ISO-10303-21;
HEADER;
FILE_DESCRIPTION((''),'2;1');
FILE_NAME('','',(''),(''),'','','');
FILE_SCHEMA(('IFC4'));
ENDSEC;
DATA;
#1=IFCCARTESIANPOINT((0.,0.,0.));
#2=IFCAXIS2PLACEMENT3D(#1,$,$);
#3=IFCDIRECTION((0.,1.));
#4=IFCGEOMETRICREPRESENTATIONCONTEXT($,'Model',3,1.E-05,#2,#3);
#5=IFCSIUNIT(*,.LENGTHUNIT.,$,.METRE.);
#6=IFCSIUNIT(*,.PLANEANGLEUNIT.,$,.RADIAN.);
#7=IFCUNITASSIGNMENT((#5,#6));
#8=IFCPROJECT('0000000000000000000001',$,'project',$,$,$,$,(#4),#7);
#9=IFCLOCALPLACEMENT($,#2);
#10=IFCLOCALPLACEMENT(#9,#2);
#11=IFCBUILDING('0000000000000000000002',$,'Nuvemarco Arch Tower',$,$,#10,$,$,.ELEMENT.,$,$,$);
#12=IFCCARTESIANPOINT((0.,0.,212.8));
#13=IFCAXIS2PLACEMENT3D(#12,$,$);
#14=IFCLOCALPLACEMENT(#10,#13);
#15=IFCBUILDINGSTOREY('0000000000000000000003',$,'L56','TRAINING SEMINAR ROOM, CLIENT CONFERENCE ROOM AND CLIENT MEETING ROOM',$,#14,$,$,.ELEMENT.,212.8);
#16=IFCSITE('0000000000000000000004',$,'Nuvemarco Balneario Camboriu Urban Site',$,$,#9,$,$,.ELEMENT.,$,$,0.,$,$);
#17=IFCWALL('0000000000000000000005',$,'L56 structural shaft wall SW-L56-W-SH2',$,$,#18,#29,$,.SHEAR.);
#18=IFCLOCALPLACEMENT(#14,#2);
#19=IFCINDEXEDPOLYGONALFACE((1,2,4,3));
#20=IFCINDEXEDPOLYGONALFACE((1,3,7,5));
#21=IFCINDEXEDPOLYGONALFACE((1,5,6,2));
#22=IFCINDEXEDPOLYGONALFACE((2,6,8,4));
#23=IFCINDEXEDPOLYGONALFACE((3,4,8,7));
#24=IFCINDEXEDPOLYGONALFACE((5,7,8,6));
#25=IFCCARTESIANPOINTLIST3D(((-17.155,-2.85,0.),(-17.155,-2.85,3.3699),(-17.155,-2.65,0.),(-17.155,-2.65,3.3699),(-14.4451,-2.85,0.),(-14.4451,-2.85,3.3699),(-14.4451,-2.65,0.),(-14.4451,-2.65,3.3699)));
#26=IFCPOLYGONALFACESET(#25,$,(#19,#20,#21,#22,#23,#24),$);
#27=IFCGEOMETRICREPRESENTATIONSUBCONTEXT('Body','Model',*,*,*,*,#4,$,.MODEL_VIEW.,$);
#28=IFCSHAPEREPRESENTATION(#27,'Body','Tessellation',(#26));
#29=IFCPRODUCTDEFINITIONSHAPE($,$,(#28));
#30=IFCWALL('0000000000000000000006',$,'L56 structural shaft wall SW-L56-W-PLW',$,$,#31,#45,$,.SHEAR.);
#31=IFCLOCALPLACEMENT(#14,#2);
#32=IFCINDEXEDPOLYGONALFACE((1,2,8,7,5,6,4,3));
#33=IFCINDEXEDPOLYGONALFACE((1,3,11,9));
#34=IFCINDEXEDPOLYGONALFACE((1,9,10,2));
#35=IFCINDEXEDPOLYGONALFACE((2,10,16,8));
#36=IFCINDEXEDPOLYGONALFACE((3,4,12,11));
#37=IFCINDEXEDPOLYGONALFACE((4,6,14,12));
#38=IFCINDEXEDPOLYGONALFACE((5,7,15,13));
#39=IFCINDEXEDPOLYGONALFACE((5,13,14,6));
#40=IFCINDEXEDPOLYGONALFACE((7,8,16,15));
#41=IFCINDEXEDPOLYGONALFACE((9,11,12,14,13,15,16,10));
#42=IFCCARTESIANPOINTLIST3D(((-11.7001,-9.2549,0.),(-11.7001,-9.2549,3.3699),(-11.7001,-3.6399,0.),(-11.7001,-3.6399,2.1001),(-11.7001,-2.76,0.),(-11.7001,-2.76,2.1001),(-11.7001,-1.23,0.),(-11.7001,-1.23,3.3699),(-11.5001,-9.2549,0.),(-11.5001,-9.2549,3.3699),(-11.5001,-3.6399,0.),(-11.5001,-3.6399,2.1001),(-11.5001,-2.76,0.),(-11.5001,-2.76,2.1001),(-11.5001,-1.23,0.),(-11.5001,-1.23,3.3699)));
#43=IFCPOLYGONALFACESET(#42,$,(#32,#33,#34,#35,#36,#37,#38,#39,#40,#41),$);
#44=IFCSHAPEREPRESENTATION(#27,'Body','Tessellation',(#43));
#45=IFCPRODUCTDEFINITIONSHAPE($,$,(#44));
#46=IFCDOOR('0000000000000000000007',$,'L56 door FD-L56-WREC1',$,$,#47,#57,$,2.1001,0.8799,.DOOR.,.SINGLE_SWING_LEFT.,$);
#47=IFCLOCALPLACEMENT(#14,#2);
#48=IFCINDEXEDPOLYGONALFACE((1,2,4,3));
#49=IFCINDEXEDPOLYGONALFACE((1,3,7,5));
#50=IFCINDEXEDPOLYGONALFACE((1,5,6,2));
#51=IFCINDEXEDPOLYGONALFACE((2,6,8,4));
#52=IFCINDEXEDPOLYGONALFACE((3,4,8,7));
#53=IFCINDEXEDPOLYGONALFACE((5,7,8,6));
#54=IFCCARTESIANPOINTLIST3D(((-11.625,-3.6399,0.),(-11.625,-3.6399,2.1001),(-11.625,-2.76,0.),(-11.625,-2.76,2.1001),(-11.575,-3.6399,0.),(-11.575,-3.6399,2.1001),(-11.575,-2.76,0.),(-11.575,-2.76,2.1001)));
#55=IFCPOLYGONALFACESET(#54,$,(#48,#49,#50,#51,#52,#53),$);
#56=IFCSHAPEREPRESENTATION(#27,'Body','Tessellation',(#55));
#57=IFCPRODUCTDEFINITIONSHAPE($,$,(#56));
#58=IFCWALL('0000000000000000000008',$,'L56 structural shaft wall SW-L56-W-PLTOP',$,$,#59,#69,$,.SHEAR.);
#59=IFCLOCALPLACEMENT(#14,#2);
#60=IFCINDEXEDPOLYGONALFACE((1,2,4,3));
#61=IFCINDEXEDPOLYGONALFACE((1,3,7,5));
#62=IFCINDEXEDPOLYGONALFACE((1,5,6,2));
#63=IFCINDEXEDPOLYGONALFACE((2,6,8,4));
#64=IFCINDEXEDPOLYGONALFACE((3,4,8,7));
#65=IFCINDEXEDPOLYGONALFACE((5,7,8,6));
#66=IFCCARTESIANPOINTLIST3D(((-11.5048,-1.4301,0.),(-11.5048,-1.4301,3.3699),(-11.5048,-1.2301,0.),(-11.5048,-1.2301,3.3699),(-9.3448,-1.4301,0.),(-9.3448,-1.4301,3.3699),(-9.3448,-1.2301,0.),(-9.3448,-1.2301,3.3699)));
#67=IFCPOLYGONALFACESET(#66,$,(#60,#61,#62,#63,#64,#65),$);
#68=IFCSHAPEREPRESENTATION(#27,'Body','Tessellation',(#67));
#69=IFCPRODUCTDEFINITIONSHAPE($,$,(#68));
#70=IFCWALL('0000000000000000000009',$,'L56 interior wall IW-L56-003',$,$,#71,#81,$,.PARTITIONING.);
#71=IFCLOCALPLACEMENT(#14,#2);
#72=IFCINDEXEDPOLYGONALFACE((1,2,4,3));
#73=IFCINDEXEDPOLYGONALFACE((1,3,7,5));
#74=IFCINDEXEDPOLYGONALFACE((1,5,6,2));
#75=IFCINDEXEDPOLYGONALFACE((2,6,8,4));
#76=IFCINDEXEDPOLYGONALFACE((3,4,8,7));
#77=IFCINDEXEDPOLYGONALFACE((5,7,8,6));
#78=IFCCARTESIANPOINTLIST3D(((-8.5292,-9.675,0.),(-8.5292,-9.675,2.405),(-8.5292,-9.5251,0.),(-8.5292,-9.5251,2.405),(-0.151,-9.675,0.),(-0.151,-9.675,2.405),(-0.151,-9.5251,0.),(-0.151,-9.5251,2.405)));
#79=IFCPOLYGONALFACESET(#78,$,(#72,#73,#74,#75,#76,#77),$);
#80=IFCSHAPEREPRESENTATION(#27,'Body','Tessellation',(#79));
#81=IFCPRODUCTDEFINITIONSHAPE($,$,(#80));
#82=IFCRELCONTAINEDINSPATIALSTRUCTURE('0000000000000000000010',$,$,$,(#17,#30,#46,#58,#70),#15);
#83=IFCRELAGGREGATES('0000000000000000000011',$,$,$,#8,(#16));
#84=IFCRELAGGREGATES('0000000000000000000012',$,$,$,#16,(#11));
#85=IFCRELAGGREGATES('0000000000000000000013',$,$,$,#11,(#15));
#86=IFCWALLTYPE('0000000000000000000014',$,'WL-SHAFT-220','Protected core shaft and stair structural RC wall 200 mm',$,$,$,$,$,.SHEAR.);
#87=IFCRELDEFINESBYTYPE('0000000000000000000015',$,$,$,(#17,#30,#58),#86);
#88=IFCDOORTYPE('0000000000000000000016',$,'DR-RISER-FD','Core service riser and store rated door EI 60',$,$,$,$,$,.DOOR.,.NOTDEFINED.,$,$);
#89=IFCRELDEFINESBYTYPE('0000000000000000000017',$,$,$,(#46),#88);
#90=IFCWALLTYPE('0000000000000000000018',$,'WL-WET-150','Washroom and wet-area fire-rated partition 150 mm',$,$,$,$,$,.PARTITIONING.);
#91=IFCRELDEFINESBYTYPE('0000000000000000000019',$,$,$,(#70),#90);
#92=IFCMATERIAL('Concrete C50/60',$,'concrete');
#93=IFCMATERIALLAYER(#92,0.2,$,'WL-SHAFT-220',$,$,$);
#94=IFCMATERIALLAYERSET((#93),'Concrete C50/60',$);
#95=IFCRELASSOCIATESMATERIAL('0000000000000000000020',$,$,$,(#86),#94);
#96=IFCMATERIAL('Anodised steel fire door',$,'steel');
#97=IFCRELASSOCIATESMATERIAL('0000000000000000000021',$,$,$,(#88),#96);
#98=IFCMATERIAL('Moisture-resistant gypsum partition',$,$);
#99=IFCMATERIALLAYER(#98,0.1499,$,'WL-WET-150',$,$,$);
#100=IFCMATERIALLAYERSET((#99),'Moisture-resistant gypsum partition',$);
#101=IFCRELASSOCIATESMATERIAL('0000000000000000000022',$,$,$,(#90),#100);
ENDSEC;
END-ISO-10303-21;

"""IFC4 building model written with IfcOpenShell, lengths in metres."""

from ifc_helpers import new_model, si_unit, direction, frame, frame_2d, origin, place, context, subcontext, project, spatial, rectangle, extrude, source, transform, mapped, material, layer, layer_set, type_object, type_shapes, element, fill, save


model = new_model("IFC4")

# Units and contexts
model_context = context("Model", 3, precision=1e-05, world=origin(), true_north=direction((0.0, 1.0)))
body_context = subcontext(model_context, "Body", "Model", "MODEL_VIEW")
ifc_project = project(units=[si_unit("LENGTHUNIT", "METRE"), si_unit("PLANEANGLEUNIT", "RADIAN")], contexts=[model_context])

# Site, building, storey
site_placement = place(None, origin())
site = spatial("IfcSite", under=ifc_project, at=site_placement, Name="Nuvemarco Balneario Camboriu Urban Site", CompositionType="ELEMENT", RefElevation=0.0)
building_placement = place(site_placement, origin())
building = spatial("IfcBuilding", under=site, at=building_placement, Name="Nuvemarco Arch Tower", CompositionType="ELEMENT")
storey_placement = place(building_placement, frame((0.0, 0.0, 212.8)))
storey = spatial("IfcBuildingStorey", under=building, at=storey_placement, Name="L56", Description="TRAINING SEMINAR ROOM, CLIENT CONFERENCE ROOM AND CLIENT MEETING ROOM", CompositionType="ELEMENT", Elevation=212.8)

# Shared definitions
ifc_material_1 = material(Name="Concrete C50/60", Category="concrete")

# Shared definitions
ifc_material_2 = material(Name="Anodised steel fire door", Category="steel")

# Shared definitions
ifc_layer_1 = layer(ifc_material_1, 0.2, Name="WL-SHAFT-220")
ifc_layer_set_1 = layer_set([ifc_layer_1], Name="Concrete C50/60")
wall_type_1 = type_object("IfcWallType", Name="WL-SHAFT-220", Description="Protected core shaft and stair structural RC wall 200 mm", PredefinedType="SHEAR", material=ifc_layer_set_1)

# Shared definitions
door_type_1 = type_object("IfcDoorType", Name="DR-RISER-FD", Description="Core service riser and store rated door EI 60", OperationType="NOTDEFINED", PredefinedType="DOOR", material=ifc_material_2)
shared_shape_1 = source(origin(), body_context, "Body", "SweptSolid", [
    extrude(rectangle(XDim=0.8799, YDim=2.1001, at=frame_2d((0.4399, 1.05))), frame((0.0, 0.0249, 0.0), z_axis=(0.0, -1.0, 0.0), x_axis=(1.0, 0.0, 0.0)), (0.0, 0.0, 1.0), 0.05),
])
type_shapes(door_type_1, [shared_shape_1])

# Wall
wall_1_placement = place(storey_placement, frame((-17.155, -2.75, 0.0), z_axis=(0.0, 0.0, 1.0), x_axis=(1.0, 0.0, 0.0)))
element("IfcWall", 1, at=wall_1_placement, inside=storey, type_object=wall_type_1, Name="L56 structural shaft wall SW-L56-W-SH2", PredefinedType="SHEAR", context=body_context, shape_type="SweptSolid", body=[
    extrude(rectangle(XDim=2.71, YDim=0.2, at=frame_2d((1.355, 0.0))), origin(), (0.0, 0.0, 1.0), 3.3699),
])

# Wall, opening, door
wall_2_placement = place(storey_placement, frame((-11.6001, -9.2549, 0.0), z_axis=(0.0, 0.0, 1.0), x_axis=(0.0, 1.0, 0.0)))
wall_2 = element("IfcWall", 2, at=wall_2_placement, inside=storey, type_object=wall_type_1, Name="L56 structural shaft wall SW-L56-W-PLW", PredefinedType="SHEAR", context=body_context, shape_type="SweptSolid", body=[
    extrude(rectangle(XDim=8.0249, YDim=0.2, at=frame_2d((4.0125, 0.0))), origin(), (0.0, 0.0, 1.0), 3.3699),
])
opening_1_placement = place(wall_2_placement, frame((5.615, 0.0, 0.0)))
opening_1 = element("IfcOpeningElement", 3, at=opening_1_placement, cuts=wall_2, PredefinedType="OPENING", context=body_context, shape_type="SweptSolid", body=[
    extrude(rectangle(XDim=0.8799, YDim=2.1001, at=frame_2d((0.4399, 1.05))), frame((0.0, 0.1099, 0.0), z_axis=(0.0, -1.0, 0.0), x_axis=(1.0, 0.0, 0.0)), (0.0, 0.0, 1.0), 0.22),
])
door_1_placement = place(opening_1_placement, origin())
door_1 = element("IfcDoor", 4, at=door_1_placement, inside=storey, type_object=door_type_1, Name="L56 door FD-L56-WREC1", OperationType="SINGLE_SWING_LEFT", OverallHeight=2.1001, OverallWidth=0.8799, PredefinedType="DOOR", context=body_context, shape_type="MappedRepresentation", body=[
    mapped(shared_shape_1, transform((0.0, 0.0, 0.0), scale=1.0)),
])
fill(opening_1, door_1)

# Walls
wall_3_placement = place(storey_placement, frame((-11.5049, -1.3301, 0.0), z_axis=(0.0, 0.0, 1.0), x_axis=(1.0, 0.0, 0.0)))
element("IfcWall", 5, at=wall_3_placement, inside=storey, type_object=wall_type_1, Name="L56 structural shaft wall SW-L56-W-PLTOP", PredefinedType="SHEAR", context=body_context, shape_type="SweptSolid", body=[
    extrude(rectangle(XDim=2.1599, YDim=0.2, at=frame_2d((1.0801, 0.0))), origin(), (0.0, 0.0, 1.0), 3.3699),
])
ifc_material_3 = material(Name="Moisture-resistant gypsum partition")
ifc_layer_2 = layer(ifc_material_3, 0.1499, Name="WL-WET-150")
ifc_layer_set_2 = layer_set([ifc_layer_2], Name="Moisture-resistant gypsum partition")
wall_type_2 = type_object("IfcWallType", Name="WL-WET-150", Description="Washroom and wet-area fire-rated partition 150 mm", PredefinedType="PARTITIONING", material=ifc_layer_set_2)
wall_4_placement = place(storey_placement, frame((-8.5291, -9.6001, 0.0), z_axis=(0.0, 0.0, 1.0), x_axis=(1.0, 0.0, 0.0)))
element("IfcWall", 6, at=wall_4_placement, inside=storey, type_object=wall_type_2, Name="L56 interior wall IW-L56-003", PredefinedType="PARTITIONING", context=body_context, shape_type="SweptSolid", body=[
    extrude(rectangle(XDim=8.3782, YDim=0.1499, at=frame_2d((4.189, 0.0))), origin(), (0.0, 0.0, 1.0), 2.405),
])

save(model, "model.ifc")
